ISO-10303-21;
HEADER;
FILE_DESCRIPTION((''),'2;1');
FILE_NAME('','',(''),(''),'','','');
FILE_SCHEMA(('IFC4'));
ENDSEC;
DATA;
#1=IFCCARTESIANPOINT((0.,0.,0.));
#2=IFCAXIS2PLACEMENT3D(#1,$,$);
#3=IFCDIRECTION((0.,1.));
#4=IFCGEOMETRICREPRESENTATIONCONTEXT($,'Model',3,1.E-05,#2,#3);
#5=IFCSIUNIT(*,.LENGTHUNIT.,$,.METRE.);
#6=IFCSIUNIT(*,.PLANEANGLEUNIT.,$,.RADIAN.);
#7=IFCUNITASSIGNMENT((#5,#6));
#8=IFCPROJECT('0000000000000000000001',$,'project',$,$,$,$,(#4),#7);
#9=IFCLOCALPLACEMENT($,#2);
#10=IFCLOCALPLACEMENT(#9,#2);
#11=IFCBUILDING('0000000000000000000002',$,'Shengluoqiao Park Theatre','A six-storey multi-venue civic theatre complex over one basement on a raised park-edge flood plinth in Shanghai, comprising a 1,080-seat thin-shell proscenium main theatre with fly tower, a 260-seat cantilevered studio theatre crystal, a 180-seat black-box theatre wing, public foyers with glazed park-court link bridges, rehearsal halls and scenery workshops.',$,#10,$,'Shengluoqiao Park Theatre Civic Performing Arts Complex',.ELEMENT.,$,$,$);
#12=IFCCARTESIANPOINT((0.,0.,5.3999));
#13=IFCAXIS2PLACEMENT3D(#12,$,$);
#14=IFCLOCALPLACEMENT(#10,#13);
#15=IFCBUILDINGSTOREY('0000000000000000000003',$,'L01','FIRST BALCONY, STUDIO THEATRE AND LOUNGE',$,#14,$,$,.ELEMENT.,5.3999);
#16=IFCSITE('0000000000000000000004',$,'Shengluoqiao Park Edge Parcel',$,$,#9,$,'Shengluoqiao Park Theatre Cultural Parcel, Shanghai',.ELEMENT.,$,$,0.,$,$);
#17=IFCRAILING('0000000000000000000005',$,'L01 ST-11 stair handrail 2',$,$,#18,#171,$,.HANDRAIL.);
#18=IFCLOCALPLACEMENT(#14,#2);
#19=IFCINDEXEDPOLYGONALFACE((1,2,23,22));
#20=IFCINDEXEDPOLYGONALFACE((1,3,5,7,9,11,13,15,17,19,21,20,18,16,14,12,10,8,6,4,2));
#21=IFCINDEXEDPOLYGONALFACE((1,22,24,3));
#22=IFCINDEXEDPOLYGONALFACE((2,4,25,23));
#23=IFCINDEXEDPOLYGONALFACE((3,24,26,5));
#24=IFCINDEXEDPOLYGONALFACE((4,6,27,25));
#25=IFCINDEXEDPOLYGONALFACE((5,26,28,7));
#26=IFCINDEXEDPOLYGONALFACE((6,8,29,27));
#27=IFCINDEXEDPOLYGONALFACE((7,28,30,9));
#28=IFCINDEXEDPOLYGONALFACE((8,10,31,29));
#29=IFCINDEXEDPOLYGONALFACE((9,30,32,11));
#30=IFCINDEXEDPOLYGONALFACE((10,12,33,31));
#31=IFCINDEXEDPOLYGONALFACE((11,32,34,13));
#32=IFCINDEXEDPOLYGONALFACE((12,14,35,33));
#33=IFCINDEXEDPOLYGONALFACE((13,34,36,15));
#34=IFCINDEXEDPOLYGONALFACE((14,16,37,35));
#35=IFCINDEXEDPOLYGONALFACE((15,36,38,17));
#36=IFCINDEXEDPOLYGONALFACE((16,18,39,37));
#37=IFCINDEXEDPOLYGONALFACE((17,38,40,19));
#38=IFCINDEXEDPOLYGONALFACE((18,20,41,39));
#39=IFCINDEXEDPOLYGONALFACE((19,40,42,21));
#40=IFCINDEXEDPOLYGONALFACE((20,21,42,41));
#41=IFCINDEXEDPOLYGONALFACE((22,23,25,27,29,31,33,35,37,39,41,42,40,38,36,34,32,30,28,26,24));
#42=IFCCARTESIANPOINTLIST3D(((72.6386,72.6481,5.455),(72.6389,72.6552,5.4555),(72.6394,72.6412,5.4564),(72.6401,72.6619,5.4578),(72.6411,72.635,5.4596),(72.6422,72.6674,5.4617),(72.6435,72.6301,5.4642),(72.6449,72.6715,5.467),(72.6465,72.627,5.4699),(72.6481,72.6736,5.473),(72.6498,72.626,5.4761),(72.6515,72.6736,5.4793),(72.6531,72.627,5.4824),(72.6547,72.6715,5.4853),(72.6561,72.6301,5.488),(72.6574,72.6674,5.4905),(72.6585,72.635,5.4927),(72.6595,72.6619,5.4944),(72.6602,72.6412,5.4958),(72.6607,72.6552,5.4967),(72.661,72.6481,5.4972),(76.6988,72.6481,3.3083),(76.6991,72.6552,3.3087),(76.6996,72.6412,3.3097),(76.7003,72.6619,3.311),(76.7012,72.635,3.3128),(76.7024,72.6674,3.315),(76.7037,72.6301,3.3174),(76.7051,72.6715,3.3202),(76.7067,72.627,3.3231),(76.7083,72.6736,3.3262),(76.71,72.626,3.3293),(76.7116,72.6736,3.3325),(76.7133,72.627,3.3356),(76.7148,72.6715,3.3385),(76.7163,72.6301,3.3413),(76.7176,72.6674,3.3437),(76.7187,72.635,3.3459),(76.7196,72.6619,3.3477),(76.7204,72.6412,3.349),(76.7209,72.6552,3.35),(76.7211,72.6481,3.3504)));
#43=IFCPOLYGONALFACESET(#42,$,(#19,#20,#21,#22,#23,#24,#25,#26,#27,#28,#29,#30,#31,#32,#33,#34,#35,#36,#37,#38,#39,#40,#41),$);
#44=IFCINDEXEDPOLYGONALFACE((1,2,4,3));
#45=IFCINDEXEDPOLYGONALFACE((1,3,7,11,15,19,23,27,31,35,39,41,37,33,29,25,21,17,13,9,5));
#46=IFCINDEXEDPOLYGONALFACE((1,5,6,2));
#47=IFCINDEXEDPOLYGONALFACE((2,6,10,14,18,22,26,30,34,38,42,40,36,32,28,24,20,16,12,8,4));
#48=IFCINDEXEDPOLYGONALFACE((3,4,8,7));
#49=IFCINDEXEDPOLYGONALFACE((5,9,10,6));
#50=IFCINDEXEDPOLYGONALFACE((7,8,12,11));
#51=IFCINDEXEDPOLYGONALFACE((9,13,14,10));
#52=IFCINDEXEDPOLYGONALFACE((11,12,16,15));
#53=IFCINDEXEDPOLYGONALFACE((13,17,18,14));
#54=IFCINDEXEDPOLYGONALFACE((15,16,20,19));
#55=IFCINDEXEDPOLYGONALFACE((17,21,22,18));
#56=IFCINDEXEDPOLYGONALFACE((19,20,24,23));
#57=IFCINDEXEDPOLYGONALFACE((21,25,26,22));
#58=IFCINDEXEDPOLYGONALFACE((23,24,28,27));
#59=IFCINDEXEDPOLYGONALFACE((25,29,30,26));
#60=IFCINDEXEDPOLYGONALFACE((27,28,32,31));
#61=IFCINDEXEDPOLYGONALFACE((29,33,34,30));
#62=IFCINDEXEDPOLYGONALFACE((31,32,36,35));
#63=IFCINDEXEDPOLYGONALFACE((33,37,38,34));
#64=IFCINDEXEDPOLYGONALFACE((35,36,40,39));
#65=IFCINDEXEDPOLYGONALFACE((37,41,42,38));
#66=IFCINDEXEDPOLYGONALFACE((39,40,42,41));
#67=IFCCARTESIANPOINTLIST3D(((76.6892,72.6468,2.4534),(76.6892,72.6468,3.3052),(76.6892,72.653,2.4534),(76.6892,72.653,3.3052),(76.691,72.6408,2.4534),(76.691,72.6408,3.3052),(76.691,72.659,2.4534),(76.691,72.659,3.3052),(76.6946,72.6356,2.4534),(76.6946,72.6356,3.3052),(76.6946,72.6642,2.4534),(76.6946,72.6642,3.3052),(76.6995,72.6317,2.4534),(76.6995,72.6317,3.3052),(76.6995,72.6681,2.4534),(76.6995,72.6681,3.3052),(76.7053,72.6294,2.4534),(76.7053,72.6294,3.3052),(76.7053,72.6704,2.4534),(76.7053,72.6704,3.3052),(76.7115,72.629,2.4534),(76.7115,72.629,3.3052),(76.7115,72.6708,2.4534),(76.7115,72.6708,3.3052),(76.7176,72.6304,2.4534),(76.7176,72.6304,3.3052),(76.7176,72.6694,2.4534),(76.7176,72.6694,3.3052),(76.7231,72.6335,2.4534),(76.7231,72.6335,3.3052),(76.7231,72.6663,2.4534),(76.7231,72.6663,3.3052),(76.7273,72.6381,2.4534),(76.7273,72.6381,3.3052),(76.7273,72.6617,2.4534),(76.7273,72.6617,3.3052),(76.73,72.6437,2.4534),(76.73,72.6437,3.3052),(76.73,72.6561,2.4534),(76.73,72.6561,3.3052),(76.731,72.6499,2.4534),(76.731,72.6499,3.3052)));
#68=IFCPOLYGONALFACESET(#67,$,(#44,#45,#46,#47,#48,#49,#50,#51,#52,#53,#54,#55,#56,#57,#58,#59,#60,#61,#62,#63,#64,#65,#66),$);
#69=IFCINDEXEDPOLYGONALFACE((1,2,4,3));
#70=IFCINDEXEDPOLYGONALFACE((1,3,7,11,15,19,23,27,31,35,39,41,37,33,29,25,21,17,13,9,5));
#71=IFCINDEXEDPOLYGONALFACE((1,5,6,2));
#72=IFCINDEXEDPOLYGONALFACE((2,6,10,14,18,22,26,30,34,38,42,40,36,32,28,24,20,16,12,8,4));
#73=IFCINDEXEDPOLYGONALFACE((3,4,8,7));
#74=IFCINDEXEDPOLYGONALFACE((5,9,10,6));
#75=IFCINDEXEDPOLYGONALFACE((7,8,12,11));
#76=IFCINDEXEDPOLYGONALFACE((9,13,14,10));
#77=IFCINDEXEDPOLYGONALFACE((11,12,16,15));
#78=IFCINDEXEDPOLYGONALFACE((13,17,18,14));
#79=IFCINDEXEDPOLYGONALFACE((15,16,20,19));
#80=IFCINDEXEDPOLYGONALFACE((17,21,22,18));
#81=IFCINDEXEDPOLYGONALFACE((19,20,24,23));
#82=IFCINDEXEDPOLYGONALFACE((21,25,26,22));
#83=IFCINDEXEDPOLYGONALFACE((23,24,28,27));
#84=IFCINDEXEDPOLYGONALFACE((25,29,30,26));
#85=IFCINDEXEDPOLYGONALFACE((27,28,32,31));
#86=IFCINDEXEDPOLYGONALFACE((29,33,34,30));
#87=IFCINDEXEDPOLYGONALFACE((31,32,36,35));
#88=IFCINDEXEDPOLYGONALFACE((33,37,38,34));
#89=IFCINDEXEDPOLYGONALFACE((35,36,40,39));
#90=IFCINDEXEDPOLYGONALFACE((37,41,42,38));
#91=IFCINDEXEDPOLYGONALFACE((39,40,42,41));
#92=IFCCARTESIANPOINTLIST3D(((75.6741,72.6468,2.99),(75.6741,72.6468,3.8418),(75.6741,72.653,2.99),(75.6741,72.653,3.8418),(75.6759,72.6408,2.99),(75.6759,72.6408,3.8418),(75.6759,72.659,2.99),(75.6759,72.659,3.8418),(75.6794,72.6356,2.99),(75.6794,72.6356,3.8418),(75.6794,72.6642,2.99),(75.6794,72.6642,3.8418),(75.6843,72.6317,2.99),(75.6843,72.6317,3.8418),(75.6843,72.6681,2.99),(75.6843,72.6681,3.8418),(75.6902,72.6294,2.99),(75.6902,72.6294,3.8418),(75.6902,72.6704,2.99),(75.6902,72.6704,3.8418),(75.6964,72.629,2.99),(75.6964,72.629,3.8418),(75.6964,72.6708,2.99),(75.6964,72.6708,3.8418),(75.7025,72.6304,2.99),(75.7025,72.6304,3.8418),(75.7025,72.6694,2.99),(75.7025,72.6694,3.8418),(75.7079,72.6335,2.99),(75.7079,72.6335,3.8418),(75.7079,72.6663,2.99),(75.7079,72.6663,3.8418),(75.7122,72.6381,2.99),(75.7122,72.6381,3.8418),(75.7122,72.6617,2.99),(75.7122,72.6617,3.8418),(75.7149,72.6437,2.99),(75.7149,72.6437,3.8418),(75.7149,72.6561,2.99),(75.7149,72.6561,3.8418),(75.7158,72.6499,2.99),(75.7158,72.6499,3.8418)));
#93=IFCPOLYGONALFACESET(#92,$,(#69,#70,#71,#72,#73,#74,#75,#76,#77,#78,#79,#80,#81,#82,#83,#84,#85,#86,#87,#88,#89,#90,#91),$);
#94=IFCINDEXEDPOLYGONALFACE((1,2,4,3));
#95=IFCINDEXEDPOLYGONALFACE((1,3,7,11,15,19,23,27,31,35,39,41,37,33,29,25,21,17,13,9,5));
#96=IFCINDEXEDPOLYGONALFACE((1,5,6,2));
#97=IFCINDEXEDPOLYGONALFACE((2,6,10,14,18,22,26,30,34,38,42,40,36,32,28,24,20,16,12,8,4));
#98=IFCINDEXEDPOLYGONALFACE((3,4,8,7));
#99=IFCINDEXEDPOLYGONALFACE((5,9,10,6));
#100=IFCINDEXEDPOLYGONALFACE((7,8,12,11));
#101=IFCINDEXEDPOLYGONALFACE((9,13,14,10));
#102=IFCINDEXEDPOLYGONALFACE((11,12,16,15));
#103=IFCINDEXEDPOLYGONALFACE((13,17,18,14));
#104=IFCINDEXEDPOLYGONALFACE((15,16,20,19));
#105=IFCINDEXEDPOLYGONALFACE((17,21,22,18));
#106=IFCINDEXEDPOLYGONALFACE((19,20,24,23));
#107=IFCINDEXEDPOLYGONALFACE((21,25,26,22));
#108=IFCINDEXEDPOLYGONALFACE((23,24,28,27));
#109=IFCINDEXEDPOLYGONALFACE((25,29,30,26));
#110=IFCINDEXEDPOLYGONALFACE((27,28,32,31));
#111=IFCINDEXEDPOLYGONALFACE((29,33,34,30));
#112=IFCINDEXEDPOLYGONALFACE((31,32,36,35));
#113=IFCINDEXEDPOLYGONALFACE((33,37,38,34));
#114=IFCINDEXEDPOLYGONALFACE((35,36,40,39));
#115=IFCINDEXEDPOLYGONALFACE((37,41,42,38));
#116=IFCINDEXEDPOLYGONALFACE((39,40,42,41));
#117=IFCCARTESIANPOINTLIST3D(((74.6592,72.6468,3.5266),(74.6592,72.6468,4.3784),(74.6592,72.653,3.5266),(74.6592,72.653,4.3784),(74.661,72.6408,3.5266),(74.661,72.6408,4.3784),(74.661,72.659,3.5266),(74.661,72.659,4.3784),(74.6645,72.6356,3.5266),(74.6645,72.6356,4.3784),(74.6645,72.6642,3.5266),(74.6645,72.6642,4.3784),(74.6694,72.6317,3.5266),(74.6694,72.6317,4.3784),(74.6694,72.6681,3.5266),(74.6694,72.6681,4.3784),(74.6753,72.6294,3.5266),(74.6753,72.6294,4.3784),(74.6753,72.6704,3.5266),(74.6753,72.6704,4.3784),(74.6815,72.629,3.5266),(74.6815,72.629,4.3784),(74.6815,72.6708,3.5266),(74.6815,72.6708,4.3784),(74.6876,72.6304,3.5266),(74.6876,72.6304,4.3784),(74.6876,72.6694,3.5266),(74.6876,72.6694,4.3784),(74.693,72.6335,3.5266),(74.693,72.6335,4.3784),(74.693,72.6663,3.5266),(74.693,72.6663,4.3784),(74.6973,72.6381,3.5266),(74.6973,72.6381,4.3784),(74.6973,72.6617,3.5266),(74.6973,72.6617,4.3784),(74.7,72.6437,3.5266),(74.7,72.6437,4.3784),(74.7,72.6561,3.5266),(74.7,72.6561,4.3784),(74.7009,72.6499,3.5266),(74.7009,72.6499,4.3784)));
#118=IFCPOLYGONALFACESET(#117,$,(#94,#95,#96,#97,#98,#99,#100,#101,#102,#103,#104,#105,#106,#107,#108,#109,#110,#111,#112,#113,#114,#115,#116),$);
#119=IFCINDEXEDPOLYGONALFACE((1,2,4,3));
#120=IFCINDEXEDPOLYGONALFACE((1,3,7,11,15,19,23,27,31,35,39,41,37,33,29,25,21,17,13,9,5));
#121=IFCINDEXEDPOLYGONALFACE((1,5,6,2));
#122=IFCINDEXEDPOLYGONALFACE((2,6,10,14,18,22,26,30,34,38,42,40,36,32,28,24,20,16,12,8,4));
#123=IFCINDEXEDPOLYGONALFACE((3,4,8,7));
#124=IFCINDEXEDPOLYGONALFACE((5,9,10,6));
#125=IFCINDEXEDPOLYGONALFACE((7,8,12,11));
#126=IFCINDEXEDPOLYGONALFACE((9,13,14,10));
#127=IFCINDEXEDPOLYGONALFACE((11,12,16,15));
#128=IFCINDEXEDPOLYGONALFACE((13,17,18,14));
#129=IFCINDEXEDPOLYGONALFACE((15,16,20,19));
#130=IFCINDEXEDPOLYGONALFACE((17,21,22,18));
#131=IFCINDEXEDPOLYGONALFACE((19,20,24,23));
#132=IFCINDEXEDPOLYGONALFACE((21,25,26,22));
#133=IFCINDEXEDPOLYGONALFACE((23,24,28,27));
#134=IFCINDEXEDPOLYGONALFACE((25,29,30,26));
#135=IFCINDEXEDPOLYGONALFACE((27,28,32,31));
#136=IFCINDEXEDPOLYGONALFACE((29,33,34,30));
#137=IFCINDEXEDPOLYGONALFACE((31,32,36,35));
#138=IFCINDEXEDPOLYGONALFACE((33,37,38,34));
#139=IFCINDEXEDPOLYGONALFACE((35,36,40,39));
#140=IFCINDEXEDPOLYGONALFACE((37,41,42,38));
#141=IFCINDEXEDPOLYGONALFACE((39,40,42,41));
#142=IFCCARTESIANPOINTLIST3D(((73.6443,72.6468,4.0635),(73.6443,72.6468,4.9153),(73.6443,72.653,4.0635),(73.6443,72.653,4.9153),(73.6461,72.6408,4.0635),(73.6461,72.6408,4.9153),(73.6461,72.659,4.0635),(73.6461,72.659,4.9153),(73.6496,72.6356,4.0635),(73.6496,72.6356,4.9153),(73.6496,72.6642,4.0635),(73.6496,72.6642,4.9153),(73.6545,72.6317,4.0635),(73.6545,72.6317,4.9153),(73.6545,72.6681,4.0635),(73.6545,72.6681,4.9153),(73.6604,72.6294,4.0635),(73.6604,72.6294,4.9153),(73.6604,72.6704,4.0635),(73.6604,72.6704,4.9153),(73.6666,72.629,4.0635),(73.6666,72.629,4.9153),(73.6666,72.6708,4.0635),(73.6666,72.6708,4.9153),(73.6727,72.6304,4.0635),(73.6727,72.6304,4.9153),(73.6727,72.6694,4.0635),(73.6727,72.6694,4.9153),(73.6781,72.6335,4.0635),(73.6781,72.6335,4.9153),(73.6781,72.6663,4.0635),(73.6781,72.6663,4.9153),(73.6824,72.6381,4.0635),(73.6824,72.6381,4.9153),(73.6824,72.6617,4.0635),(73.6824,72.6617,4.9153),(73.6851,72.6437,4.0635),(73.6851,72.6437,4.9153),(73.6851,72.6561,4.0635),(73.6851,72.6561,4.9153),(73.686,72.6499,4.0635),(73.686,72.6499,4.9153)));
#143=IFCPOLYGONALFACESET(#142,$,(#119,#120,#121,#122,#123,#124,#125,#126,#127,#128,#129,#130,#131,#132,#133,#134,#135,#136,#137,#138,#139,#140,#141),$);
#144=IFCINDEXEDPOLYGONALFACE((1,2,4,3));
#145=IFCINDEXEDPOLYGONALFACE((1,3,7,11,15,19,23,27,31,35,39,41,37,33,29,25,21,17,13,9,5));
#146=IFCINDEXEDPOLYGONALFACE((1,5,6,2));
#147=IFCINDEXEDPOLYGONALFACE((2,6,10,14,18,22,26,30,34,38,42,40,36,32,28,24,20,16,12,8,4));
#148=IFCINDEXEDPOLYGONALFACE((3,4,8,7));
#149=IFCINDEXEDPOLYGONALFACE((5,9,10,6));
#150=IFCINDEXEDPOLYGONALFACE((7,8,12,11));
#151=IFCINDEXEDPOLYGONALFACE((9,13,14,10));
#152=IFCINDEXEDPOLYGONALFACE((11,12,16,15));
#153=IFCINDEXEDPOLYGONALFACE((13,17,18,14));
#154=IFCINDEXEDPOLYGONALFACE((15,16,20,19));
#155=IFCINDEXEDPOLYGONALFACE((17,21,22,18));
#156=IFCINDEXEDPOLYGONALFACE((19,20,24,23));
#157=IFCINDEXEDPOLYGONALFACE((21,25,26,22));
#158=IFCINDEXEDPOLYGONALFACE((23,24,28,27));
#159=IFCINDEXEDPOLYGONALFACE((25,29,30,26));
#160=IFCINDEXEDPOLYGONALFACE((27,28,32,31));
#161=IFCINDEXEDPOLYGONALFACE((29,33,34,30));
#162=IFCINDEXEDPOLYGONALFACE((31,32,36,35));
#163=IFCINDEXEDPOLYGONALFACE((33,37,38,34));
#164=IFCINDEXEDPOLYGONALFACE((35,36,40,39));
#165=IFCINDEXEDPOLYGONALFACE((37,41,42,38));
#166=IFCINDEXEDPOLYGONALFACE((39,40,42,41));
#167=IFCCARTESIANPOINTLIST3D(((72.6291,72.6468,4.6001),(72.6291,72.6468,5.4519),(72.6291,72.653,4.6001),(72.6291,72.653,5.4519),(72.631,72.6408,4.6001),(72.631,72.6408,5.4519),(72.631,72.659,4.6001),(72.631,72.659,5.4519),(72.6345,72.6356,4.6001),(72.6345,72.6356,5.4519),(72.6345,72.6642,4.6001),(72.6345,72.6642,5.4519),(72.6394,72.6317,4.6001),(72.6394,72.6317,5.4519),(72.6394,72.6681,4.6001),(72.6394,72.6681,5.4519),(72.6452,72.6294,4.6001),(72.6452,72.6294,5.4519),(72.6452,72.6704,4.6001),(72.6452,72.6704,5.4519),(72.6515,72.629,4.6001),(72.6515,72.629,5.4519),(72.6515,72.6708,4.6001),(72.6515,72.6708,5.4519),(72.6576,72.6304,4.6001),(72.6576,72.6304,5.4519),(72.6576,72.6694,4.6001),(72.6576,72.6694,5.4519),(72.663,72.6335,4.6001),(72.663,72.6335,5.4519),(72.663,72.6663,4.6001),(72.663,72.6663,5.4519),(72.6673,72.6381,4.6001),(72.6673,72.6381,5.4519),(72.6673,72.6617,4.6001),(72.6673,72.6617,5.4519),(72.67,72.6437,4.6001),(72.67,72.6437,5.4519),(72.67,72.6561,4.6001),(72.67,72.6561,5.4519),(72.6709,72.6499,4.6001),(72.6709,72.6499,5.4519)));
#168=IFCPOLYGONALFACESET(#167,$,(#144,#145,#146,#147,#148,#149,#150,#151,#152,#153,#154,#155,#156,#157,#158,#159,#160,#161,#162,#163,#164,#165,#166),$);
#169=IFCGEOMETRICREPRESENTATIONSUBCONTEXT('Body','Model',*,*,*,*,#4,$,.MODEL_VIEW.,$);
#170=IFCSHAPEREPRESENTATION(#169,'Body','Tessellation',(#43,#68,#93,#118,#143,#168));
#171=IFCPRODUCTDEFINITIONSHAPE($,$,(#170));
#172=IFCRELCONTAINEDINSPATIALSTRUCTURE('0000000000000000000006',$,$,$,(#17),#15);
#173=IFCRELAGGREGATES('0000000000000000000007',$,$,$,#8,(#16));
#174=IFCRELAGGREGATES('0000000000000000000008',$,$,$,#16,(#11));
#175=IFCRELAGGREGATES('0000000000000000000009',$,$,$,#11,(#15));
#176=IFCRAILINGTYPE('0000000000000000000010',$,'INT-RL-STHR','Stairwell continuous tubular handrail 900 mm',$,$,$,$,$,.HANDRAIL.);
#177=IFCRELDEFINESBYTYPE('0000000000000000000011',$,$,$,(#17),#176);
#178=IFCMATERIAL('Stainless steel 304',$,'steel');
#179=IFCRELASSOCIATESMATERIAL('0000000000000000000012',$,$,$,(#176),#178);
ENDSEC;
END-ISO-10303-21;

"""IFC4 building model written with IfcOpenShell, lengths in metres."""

from ifc_helpers import new_model, si_unit, direction, frame, origin, origin_2d, place, context, subcontext, project, spatial, circle, extrude, material, type_object, element, save


model = new_model("IFC4")

# Units and contexts
model_context = context("Model", 3, precision=1e-05, world=origin(), true_north=direction((0.0, 1.0)))
body_context = subcontext(model_context, "Body", "Model", "MODEL_VIEW")
ifc_project = project(units=[si_unit("LENGTHUNIT", "METRE"), si_unit("PLANEANGLEUNIT", "RADIAN")], contexts=[model_context])

# Site, building, storey
site_placement = place(None, origin())
site = spatial("IfcSite", under=ifc_project, at=site_placement, Name="Shengluoqiao Park Edge Parcel", LongName="Shengluoqiao Park Theatre Cultural Parcel, Shanghai", CompositionType="ELEMENT", RefElevation=0.0)
building_placement = place(site_placement, origin())
building = spatial("IfcBuilding", under=site, at=building_placement, Name="Shengluoqiao Park Theatre", Description="A six-storey multi-venue civic theatre complex over one basement on a raised park-edge flood plinth in Shanghai, comprising a 1,080-seat thin-shell proscenium main theatre with fly tower, a 260-seat cantilevered studio theatre crystal, a 180-seat black-box theatre wing, public foyers with glazed park-court link bridges, rehearsal halls and scenery workshops.", LongName="Shengluoqiao Park Theatre Civic Performing Arts Complex", CompositionType="ELEMENT")
storey_placement = place(building_placement, frame((0.0, 0.0, 5.3999)))
storey = spatial("IfcBuildingStorey", under=building, at=storey_placement, Name="L01", Description="FIRST BALCONY, STUDIO THEATRE AND LOUNGE", CompositionType="ELEMENT", Elevation=5.3999)

# Railing
ifc_material_1 = material(Name="Stainless steel 304", Category="steel")
railing_type_1 = type_object("IfcRailingType", Name="INT-RL-STHR", Description="Stairwell continuous tubular handrail 900 mm", PredefinedType="HANDRAIL", material=ifc_material_1)
railing_1_placement = place(storey_placement, frame((76.71, 72.6499, 2.4534)))
element("IfcRailing", 1, at=railing_1_placement, inside=storey, type_object=railing_type_1, Name="L01 ST-11 stair handrail 2", PredefinedType="HANDRAIL", context=body_context, shape_type="SweptSolid", body=[
    extrude(circle(Radius=0.0239, at=origin_2d()), frame((0.0, 0.0, 0.876), z_axis=(-0.884032, 0.0, 0.467426), x_axis=(0.0, -1.0, 0.0)), (0.0, 0.0, 1.0), 4.5928),
    extrude(circle(Radius=0.021, at=origin_2d()), origin(), (0.0, 0.0, 1.0), 0.8518),
    extrude(circle(Radius=0.021, at=origin_2d()), frame((-1.0151, 0.0, 0.5366)), (0.0, 0.0, 1.0), 0.8518),
    extrude(circle(Radius=0.021, at=origin_2d()), frame((-2.03, 0.0, 1.0732)), (0.0, 0.0, 1.0), 0.8518),
    extrude(circle(Radius=0.021, at=origin_2d()), frame((-3.0449, 0.0, 1.6101)), (0.0, 0.0, 1.0), 0.8518),
    extrude(circle(Radius=0.021, at=origin_2d()), frame((-4.0601, 0.0, 2.1467)), (0.0, 0.0, 1.0), 0.8518),
])

save(model, "model.ifc")
